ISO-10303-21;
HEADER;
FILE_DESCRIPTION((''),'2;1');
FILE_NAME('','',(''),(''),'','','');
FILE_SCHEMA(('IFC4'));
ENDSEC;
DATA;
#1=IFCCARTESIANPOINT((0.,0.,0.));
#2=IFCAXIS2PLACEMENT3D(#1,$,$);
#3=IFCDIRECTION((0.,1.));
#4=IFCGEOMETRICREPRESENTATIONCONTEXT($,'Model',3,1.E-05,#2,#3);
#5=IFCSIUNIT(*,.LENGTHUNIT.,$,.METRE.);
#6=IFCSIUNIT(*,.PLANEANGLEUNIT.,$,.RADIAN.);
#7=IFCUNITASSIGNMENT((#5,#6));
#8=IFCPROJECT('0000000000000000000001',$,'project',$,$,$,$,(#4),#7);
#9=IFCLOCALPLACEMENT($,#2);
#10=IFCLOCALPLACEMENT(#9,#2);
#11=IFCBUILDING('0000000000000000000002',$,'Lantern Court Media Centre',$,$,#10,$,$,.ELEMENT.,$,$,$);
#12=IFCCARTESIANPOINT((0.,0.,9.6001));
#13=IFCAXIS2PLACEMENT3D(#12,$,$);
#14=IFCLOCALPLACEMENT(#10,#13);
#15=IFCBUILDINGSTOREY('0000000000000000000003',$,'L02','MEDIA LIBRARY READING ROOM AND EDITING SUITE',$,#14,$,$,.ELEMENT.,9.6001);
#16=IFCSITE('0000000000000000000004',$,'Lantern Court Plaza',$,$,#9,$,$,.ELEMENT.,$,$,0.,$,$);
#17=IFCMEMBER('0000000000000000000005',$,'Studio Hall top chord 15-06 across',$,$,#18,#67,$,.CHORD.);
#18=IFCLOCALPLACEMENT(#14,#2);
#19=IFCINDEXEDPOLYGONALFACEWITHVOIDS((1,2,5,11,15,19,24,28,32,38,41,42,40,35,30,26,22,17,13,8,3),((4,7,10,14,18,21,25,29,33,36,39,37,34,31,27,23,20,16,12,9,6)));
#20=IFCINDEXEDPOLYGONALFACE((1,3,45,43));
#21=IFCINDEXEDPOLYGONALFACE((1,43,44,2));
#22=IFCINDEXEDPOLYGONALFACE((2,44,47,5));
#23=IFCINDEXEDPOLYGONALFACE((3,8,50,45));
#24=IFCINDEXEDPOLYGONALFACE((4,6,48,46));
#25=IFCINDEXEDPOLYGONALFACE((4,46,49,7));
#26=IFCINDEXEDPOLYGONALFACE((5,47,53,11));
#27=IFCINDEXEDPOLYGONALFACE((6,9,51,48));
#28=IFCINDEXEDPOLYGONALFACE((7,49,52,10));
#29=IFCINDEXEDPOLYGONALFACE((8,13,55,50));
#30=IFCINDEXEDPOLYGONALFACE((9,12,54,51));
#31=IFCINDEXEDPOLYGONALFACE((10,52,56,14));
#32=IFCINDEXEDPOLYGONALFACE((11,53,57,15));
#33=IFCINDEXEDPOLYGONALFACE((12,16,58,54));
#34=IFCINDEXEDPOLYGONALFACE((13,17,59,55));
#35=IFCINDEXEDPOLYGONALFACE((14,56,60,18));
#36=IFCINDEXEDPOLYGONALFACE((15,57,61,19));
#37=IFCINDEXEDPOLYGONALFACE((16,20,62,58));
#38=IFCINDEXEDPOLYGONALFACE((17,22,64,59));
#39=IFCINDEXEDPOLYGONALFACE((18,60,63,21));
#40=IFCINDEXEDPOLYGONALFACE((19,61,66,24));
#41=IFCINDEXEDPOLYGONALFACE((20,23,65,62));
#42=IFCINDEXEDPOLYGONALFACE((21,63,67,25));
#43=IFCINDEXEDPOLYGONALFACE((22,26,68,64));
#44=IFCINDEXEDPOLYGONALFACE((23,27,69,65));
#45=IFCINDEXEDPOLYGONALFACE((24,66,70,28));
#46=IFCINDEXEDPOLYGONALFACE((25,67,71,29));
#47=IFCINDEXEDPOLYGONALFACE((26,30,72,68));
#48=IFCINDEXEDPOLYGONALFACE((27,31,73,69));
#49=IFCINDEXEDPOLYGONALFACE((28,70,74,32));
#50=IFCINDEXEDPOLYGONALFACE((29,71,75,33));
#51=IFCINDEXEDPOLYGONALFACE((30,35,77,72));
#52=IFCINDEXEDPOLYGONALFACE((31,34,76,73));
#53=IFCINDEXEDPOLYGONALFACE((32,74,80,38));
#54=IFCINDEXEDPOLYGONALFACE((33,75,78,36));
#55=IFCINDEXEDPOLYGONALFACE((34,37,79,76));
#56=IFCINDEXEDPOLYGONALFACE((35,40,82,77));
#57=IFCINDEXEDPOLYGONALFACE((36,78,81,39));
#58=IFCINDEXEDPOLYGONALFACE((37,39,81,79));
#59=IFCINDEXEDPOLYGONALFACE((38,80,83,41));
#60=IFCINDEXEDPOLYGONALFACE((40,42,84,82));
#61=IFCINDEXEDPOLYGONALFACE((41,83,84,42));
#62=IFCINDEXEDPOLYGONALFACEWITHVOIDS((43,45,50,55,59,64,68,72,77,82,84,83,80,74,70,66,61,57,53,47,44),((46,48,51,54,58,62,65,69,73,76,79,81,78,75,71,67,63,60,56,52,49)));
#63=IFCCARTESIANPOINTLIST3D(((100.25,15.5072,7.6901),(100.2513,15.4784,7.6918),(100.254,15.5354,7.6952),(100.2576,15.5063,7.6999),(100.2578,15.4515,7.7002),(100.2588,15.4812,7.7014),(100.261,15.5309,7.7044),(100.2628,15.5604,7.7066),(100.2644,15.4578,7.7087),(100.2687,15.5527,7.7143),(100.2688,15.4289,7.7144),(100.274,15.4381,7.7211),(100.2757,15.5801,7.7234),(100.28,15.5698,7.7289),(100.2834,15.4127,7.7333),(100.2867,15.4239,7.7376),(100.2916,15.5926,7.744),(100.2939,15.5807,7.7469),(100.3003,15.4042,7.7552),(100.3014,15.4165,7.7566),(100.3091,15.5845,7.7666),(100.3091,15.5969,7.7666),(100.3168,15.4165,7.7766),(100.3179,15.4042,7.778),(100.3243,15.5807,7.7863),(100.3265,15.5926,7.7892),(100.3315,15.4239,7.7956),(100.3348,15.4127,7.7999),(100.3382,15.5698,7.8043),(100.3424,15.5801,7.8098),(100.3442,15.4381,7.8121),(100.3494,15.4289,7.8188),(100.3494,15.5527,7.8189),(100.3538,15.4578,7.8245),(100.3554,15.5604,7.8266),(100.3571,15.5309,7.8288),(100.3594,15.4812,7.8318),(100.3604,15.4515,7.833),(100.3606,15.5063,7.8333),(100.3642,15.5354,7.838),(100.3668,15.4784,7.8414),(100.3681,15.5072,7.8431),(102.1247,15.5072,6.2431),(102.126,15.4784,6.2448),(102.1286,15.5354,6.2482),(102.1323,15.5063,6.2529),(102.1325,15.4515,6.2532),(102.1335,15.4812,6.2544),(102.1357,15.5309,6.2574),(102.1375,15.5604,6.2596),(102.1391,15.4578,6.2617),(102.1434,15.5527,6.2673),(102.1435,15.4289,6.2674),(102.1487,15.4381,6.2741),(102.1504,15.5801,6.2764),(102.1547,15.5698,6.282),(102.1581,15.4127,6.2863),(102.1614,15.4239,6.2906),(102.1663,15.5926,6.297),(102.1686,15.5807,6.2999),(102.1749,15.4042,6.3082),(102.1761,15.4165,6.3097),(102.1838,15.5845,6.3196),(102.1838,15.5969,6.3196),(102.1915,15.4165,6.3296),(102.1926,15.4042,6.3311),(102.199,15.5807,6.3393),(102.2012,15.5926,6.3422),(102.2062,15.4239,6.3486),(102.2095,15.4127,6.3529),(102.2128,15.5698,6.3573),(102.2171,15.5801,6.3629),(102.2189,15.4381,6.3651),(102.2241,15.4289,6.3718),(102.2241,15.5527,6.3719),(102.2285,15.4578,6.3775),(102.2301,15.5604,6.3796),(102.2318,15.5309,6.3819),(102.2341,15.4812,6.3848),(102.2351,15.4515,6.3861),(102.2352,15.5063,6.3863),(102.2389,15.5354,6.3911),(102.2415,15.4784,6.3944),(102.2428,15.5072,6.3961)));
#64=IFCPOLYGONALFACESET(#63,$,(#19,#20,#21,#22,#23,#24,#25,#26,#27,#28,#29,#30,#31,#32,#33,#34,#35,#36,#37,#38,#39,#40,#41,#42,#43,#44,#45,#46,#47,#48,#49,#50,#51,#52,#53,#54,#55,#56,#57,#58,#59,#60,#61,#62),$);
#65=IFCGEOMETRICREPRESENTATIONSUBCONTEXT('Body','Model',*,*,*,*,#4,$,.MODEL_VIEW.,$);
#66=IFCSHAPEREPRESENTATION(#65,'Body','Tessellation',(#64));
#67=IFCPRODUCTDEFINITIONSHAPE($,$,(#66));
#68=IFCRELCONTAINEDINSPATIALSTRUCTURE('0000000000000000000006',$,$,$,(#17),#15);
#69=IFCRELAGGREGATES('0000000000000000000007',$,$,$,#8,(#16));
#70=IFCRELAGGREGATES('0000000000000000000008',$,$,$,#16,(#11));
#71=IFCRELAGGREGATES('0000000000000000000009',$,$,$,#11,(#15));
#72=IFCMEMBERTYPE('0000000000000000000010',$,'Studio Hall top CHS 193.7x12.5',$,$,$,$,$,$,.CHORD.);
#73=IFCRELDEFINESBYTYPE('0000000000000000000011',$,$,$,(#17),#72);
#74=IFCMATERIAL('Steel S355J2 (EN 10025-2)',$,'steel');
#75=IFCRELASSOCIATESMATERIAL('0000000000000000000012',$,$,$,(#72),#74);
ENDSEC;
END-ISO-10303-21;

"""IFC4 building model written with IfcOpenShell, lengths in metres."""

from ifc_helpers import new_model, si_unit, direction, frame, origin, origin_2d, place, context, subcontext, project, spatial, hollow_circle, extrude, material, material_profile, profile_set, type_object, element, save


model = new_model("IFC4")

# Units and contexts
model_context = context("Model", 3, precision=1e-05, world=origin(), true_north=direction((0.0, 1.0)))
body_context = subcontext(model_context, "Body", "Model", "MODEL_VIEW")
ifc_project = project(units=[si_unit("LENGTHUNIT", "METRE"), si_unit("PLANEANGLEUNIT", "RADIAN")], contexts=[model_context])

# Site, building, storey
site_placement = place(None, origin())
site = spatial("IfcSite", under=ifc_project, at=site_placement, Name="Lantern Court Plaza", CompositionType="ELEMENT", RefElevation=0.0)
building_placement = place(site_placement, origin())
building = spatial("IfcBuilding", under=site, at=building_placement, Name="Lantern Court Media Centre", CompositionType="ELEMENT")
storey_placement = place(building_placement, frame((0.0, 0.0, 9.6001)))
storey = spatial("IfcBuildingStorey", under=building, at=storey_placement, Name="L02", Description="MEDIA LIBRARY READING ROOM AND EDITING SUITE", CompositionType="ELEMENT", Elevation=9.6001)

# Member
ifc_material = material(Name="Steel S355J2 (EN 10025-2)", Category="steel")
ifc_material_profile_1 = material_profile(ifc_material, hollow_circle(Radius=0.0969, WallThickness=0.0125, at=origin_2d()), Name="Studio Hall top CHS 193.7x12.5")
ifc_profile_set_1 = profile_set([ifc_material_profile_1], Name="Steel S355J2 (EN 10025-2)")
member_type_1 = type_object("IfcMemberType", Name="Studio Hall top CHS 193.7x12.5", PredefinedType="CHORD", material=ifc_profile_set_1)
for number, where, z_axis, x_axis, name in (
    (1, (100.3091, 15.5, 7.7666), (0.791623, 0.0, -0.61101), (0.0, 1.0, 0.0), "Studio Hall top chord 15-06 across"),
):
    element("IfcMember", number, at=place(storey_placement, frame(where, z_axis=z_axis, x_axis=x_axis)), inside=storey, type_object=member_type_1, Name=name, PredefinedType="CHORD", context=body_context, shape_type="SweptSolid", body=[
        extrude(hollow_circle(Radius=0.0969, WallThickness=0.0125, at=origin_2d()), origin(), (0.0, 0.0, 1.0), 2.3682),
    ])

save(model, "model.ifc")
